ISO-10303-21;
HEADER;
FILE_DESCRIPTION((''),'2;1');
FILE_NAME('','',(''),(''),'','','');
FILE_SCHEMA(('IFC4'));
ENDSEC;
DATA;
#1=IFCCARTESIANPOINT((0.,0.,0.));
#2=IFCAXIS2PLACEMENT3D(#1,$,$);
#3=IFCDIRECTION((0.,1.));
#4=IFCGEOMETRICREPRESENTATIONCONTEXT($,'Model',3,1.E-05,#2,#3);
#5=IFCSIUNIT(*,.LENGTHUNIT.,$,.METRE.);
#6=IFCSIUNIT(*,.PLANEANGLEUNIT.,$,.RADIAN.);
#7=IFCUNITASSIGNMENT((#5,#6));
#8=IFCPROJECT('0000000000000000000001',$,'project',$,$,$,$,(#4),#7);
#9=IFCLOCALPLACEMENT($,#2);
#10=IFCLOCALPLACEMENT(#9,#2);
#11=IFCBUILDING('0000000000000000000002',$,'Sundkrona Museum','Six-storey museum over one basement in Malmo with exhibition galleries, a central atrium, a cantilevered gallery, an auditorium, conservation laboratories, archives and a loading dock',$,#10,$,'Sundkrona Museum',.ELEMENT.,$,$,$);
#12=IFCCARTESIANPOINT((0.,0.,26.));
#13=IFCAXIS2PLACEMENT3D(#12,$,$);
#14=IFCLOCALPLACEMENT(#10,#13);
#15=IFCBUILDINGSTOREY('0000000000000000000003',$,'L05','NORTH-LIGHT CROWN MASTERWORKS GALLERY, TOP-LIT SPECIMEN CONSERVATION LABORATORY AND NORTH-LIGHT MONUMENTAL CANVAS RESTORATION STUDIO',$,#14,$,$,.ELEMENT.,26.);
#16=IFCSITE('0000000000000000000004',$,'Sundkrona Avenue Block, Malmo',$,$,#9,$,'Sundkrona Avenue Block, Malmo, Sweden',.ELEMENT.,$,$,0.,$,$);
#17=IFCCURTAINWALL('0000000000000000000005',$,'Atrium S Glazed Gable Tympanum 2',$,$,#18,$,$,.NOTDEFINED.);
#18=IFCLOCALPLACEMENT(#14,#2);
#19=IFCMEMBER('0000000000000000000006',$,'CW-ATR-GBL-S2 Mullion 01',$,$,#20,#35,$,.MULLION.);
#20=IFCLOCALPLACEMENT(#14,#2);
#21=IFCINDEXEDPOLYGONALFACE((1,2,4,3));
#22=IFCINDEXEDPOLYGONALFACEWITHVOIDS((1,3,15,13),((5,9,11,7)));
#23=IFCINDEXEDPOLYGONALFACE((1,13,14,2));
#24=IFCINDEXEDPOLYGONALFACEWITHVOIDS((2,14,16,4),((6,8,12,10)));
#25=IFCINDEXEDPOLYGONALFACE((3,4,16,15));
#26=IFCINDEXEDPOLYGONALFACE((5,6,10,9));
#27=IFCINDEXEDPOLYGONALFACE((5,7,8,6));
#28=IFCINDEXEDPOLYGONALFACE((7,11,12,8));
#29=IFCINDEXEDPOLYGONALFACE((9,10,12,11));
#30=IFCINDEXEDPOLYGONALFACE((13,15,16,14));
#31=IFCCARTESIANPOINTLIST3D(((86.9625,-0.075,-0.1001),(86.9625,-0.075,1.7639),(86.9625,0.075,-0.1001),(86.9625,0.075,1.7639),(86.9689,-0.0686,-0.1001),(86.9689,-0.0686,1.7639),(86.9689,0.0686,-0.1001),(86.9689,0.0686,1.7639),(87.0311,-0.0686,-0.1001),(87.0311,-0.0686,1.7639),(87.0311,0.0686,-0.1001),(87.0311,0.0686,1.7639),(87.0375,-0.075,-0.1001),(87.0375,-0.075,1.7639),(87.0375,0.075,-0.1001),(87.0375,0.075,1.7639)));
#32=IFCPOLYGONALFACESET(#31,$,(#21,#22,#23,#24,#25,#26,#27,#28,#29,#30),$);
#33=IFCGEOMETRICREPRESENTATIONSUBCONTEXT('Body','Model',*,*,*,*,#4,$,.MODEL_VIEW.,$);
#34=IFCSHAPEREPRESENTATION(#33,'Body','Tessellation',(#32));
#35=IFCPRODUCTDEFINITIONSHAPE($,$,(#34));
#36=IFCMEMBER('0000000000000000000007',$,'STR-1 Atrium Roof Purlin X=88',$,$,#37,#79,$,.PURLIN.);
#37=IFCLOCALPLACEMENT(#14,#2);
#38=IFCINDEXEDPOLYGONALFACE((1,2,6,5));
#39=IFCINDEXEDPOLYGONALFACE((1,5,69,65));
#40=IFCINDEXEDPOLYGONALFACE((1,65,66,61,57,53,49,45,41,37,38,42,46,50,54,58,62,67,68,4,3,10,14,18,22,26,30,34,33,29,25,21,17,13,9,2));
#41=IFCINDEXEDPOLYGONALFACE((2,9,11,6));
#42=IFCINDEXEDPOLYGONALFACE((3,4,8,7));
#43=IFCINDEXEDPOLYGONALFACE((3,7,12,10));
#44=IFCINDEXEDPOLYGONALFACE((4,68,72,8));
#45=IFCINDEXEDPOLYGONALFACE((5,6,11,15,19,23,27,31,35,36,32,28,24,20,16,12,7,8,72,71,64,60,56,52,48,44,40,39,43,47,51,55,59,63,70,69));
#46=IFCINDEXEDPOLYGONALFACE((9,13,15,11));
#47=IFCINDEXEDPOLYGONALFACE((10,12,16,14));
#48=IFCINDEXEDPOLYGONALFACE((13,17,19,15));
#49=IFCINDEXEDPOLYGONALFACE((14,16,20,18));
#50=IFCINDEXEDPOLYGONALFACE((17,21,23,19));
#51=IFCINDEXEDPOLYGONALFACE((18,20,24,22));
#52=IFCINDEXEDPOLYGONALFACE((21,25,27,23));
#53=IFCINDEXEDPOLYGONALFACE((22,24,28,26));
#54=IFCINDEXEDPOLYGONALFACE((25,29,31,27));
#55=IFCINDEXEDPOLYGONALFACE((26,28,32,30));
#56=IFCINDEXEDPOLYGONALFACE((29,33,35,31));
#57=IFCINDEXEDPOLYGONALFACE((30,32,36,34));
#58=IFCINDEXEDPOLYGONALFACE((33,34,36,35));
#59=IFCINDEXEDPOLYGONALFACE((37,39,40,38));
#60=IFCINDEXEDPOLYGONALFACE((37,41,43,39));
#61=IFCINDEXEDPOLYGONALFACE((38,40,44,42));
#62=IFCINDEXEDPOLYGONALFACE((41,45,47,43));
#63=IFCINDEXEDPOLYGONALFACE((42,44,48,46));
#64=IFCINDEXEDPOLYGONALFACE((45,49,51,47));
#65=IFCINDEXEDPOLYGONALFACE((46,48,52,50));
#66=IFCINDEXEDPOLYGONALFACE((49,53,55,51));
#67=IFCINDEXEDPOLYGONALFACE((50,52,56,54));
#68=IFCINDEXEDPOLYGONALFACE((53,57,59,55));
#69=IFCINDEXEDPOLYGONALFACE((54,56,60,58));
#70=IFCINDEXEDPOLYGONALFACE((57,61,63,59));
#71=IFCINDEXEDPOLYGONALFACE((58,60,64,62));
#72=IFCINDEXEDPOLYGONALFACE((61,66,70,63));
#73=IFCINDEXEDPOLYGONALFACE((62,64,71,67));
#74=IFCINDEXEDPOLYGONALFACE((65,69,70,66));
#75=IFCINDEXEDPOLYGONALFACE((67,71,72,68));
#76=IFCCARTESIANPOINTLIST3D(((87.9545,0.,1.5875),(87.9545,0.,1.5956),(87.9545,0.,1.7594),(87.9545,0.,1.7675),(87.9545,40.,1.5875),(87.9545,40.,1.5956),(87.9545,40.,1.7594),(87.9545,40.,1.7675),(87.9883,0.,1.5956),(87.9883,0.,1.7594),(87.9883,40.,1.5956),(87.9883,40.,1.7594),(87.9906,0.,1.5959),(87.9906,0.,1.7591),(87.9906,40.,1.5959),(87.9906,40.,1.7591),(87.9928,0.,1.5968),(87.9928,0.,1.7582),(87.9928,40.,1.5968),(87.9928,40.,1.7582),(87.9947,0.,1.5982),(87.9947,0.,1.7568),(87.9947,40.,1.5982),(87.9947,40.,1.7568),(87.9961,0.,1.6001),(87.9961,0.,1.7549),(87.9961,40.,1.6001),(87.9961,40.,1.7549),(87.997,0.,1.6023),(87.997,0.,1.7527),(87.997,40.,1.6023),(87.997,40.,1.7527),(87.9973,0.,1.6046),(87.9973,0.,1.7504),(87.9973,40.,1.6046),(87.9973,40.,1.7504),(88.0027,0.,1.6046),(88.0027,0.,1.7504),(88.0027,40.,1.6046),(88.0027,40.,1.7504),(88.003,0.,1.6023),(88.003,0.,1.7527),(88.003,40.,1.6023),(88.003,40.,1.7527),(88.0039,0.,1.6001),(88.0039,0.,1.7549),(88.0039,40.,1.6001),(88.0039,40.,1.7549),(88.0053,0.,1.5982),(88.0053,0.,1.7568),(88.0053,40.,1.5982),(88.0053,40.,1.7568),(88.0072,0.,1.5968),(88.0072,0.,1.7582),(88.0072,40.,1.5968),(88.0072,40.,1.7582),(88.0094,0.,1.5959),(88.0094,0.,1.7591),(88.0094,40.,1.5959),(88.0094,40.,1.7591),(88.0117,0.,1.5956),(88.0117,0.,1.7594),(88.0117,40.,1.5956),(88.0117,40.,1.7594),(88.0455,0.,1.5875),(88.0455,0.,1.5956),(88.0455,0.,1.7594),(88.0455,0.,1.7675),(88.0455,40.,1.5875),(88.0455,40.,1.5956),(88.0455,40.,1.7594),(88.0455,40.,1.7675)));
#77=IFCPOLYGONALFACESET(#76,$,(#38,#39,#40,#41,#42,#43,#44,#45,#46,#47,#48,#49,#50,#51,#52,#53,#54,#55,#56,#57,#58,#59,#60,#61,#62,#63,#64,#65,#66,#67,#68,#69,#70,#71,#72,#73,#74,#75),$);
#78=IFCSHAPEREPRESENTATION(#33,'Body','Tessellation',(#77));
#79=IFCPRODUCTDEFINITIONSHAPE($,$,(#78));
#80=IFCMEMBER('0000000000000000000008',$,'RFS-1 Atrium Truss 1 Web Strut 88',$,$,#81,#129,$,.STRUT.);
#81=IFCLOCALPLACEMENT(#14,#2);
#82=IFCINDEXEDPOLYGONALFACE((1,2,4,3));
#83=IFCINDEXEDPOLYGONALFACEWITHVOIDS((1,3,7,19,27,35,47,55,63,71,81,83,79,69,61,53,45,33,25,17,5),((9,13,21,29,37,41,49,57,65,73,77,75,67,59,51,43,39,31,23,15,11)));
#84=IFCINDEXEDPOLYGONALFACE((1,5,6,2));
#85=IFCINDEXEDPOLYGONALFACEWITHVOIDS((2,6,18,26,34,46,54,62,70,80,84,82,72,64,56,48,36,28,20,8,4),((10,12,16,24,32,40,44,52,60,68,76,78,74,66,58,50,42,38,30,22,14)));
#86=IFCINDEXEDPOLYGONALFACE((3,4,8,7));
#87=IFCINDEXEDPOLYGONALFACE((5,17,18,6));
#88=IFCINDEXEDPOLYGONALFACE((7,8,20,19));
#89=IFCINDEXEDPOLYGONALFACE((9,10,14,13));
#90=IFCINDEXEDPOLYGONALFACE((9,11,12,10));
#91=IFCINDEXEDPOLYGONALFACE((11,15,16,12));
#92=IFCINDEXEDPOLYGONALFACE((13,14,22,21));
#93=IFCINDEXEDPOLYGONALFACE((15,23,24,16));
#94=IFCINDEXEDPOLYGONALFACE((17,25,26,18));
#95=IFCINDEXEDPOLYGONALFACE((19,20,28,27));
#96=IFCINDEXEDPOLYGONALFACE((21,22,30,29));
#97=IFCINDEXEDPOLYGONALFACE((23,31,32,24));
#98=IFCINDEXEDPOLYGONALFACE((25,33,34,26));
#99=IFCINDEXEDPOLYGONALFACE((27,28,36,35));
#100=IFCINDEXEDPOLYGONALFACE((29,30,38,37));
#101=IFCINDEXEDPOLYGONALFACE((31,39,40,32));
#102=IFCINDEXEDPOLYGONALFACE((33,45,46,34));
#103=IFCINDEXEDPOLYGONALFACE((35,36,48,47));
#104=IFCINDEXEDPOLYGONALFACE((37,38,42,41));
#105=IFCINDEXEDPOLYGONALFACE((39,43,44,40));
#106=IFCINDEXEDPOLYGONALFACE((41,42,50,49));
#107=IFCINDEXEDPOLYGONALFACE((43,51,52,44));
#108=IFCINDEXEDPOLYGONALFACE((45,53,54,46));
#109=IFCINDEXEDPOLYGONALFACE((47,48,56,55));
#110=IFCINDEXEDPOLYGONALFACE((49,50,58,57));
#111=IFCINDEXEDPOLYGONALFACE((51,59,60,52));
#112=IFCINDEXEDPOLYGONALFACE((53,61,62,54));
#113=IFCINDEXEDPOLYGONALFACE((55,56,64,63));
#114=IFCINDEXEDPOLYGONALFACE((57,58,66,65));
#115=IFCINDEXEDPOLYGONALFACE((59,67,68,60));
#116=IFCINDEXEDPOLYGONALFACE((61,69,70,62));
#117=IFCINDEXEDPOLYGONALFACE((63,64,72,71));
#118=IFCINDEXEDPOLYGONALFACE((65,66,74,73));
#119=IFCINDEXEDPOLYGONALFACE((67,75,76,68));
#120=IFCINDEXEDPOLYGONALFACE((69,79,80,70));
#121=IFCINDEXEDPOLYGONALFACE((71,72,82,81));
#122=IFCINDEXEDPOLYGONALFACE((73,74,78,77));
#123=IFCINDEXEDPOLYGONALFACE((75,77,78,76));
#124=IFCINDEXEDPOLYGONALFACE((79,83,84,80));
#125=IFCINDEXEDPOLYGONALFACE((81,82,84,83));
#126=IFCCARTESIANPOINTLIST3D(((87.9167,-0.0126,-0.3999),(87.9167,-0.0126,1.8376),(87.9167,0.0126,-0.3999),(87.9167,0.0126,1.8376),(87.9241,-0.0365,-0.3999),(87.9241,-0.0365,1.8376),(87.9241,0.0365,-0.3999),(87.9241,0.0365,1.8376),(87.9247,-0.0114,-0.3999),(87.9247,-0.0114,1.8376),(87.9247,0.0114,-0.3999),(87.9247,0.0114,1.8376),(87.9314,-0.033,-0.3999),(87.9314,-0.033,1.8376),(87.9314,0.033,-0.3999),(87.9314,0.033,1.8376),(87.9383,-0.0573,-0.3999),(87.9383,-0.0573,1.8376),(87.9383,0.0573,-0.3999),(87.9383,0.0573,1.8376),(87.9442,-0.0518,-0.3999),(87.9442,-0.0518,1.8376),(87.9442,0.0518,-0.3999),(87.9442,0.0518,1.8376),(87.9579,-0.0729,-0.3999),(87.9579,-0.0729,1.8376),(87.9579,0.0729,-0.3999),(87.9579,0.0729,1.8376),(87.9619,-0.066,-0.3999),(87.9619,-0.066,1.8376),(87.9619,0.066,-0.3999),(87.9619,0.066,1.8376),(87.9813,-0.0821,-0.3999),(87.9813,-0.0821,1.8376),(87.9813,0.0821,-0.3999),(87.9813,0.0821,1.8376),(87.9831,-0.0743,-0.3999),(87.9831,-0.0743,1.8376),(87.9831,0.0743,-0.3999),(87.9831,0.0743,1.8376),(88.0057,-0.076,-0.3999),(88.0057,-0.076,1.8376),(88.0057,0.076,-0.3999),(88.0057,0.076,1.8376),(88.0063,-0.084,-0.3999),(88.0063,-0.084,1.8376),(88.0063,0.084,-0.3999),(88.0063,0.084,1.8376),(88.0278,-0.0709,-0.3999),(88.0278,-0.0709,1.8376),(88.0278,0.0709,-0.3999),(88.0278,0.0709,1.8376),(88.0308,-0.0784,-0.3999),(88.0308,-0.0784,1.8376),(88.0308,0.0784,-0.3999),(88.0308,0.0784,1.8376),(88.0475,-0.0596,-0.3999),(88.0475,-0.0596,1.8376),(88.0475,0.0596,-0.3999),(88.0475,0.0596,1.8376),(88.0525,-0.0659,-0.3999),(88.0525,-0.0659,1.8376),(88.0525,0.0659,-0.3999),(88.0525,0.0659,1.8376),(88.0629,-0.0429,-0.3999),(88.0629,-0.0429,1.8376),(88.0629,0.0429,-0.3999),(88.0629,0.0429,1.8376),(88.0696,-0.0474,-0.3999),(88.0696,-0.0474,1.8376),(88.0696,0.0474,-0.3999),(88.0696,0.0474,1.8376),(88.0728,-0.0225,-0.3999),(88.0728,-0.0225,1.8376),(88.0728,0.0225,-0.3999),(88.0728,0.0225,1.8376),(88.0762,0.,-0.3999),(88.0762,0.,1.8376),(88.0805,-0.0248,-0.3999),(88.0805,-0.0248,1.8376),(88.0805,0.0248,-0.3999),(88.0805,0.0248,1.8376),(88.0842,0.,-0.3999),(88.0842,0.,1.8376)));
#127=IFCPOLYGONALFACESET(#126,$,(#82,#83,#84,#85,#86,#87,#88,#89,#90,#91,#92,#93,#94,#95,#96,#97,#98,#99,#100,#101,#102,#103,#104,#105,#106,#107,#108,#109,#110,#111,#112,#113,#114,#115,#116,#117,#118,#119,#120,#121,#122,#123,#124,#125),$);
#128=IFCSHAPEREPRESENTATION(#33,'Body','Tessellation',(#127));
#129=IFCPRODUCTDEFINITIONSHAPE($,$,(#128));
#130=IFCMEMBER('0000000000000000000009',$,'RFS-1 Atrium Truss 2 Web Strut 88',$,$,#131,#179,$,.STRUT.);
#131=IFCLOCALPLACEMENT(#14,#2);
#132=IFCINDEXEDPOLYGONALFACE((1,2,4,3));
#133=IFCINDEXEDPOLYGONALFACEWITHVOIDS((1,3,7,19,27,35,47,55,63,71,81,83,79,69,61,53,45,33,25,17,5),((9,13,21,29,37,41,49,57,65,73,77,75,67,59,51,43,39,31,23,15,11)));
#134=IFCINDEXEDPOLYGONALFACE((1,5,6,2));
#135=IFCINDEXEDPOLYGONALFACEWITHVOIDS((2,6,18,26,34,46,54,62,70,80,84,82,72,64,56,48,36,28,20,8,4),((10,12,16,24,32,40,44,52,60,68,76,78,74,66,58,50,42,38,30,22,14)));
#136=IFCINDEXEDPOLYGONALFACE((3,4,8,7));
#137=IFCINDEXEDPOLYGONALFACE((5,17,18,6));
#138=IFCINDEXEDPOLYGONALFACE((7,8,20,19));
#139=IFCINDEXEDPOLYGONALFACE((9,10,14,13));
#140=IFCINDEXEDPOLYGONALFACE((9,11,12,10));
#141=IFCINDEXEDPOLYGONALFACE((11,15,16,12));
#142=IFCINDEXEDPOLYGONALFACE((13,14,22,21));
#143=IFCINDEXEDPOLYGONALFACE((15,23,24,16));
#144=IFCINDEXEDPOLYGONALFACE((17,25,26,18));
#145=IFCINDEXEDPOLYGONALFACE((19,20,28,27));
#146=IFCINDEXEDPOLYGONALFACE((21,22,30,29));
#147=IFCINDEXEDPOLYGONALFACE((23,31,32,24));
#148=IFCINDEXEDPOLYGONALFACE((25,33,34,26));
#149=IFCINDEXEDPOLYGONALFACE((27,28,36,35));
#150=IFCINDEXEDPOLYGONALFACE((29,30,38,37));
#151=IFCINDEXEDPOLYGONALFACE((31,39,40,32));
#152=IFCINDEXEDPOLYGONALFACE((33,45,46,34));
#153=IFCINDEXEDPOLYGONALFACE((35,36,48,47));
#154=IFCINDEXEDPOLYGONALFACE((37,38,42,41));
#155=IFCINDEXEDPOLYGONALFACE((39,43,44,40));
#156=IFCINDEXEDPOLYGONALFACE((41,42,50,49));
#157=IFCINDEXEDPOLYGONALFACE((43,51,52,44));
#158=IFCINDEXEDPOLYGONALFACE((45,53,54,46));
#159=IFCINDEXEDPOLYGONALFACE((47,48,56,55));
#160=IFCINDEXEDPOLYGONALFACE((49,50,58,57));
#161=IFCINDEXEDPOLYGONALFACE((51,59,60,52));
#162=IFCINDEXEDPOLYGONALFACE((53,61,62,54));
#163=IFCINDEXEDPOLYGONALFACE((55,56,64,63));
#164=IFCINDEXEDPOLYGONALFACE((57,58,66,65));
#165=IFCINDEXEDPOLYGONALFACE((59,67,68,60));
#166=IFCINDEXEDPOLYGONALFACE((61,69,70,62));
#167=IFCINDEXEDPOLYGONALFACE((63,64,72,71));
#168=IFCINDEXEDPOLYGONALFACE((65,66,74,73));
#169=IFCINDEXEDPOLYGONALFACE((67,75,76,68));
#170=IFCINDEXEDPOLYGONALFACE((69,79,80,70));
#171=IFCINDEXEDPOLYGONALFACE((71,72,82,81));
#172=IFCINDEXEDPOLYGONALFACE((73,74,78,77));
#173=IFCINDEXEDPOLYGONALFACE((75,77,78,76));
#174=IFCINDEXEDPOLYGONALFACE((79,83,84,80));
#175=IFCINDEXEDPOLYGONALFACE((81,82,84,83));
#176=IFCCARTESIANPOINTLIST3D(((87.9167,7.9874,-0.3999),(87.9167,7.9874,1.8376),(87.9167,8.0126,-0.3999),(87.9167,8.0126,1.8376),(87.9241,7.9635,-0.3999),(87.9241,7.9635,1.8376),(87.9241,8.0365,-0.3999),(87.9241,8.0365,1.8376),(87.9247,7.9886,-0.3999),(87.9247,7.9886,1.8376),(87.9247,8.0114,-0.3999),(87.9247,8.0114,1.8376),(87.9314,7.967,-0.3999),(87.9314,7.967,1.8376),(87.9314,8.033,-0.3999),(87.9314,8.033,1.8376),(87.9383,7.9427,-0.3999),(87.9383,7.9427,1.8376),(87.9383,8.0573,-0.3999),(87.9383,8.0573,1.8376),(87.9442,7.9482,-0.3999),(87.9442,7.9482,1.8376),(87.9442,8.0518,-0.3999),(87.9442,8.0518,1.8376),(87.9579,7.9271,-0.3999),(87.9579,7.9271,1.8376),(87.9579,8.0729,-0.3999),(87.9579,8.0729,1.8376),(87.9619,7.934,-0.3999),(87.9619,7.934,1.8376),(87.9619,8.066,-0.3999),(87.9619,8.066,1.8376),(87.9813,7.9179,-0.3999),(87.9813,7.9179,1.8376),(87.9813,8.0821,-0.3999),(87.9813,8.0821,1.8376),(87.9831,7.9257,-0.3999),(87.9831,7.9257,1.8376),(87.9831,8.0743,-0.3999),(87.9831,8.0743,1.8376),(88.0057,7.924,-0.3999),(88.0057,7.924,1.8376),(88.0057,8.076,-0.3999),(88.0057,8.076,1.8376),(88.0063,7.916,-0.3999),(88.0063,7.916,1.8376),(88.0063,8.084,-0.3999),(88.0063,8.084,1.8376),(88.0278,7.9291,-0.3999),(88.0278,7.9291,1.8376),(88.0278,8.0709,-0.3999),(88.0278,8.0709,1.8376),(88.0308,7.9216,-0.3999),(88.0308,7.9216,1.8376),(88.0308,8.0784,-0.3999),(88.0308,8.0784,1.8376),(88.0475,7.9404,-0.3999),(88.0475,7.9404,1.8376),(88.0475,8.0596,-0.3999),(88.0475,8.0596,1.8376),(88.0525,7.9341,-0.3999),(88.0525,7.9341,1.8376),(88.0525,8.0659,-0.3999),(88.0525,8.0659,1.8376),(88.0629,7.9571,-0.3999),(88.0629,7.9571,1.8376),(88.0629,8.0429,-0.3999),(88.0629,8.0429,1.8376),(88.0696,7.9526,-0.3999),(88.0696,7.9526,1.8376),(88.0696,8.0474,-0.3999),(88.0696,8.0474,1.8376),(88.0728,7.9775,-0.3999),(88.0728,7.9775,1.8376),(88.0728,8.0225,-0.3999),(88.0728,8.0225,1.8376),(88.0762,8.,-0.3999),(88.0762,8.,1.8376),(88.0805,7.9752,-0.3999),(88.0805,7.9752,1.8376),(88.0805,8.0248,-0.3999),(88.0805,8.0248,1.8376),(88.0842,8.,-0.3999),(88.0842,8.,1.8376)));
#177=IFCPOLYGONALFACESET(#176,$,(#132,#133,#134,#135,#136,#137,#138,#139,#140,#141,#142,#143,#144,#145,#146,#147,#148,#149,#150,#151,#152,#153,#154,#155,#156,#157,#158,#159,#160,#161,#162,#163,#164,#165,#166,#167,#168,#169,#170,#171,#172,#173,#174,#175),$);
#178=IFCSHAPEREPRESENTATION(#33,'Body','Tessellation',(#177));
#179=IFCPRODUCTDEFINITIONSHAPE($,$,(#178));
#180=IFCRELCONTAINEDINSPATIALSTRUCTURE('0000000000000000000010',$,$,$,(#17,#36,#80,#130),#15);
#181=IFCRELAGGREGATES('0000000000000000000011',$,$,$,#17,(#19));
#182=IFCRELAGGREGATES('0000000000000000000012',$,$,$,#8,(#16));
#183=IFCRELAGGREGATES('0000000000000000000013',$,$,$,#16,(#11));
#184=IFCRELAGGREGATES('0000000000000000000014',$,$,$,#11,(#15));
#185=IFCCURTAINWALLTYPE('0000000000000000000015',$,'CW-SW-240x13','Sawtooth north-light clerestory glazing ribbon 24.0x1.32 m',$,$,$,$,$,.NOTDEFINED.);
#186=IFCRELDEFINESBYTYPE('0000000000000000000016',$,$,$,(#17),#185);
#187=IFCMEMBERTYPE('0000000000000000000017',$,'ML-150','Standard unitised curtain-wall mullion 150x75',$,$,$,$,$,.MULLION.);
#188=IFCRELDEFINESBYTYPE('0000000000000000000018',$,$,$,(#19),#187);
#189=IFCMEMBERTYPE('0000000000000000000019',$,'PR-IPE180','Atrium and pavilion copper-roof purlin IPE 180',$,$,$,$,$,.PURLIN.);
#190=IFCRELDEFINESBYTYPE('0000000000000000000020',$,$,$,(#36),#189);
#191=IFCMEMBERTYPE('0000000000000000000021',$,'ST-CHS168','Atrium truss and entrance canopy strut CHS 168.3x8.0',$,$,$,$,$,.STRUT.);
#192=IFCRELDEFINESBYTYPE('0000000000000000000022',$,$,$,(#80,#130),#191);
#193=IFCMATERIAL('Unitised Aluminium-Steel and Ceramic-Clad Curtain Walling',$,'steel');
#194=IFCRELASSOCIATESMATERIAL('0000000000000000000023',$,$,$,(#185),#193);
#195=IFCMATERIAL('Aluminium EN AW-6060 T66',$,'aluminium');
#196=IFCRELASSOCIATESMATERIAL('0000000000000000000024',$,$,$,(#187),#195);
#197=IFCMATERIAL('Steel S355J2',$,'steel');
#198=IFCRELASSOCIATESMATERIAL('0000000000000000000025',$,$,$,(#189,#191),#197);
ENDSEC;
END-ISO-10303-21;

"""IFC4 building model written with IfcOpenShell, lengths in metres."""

from ifc_helpers import new_model, si_unit, direction, frame, origin, origin_2d, place, context, subcontext, project, spatial, hollow_rectangle, hollow_circle, i_section, extrude, material, material_profile, profile_set, type_object, element, aggregate, save


model = new_model("IFC4")

# Units and contexts
model_context = context("Model", 3, precision=1e-05, world=origin(), true_north=direction((0.0, 1.0)))
body_context = subcontext(model_context, "Body", "Model", "MODEL_VIEW")
ifc_project = project(units=[si_unit("LENGTHUNIT", "METRE"), si_unit("PLANEANGLEUNIT", "RADIAN")], contexts=[model_context])

# Site, building, storey
site_placement = place(None, origin())
site = spatial("IfcSite", under=ifc_project, at=site_placement, Name="Sundkrona Avenue Block, Malmo", LongName="Sundkrona Avenue Block, Malmo, Sweden", CompositionType="ELEMENT", RefElevation=0.0)
building_placement = place(site_placement, origin())
building = spatial("IfcBuilding", under=site, at=building_placement, Name="Sundkrona Museum", Description="Six-storey museum over one basement in Malmo with exhibition galleries, a central atrium, a cantilevered gallery, an auditorium, conservation laboratories, archives and a loading dock", LongName="Sundkrona Museum", CompositionType="ELEMENT")
storey_placement = place(building_placement, frame((0.0, 0.0, 26.0)))
storey = spatial("IfcBuildingStorey", under=building, at=storey_placement, Name="L05", Description="NORTH-LIGHT CROWN MASTERWORKS GALLERY, TOP-LIT SPECIMEN CONSERVATION LABORATORY AND NORTH-LIGHT MONUMENTAL CANVAS RESTORATION STUDIO", CompositionType="ELEMENT", Elevation=26.0)

# Curtain wall, member
ifc_material_1 = material(Name="Unitised Aluminium-Steel and Ceramic-Clad Curtain Walling", Category="steel")
curtain_wall_type = type_object("IfcCurtainWallType", Name="CW-SW-240x13", Description="Sawtooth north-light clerestory glazing ribbon 24.0x1.32 m", PredefinedType="NOTDEFINED", material=ifc_material_1)
curtain_wall_placement = place(storey_placement, origin())
curtain_wall = element("IfcCurtainWall", 1, at=curtain_wall_placement, inside=storey, type_object=curtain_wall_type, Name="Atrium S Glazed Gable Tympanum 2", PredefinedType="NOTDEFINED")
ifc_material_2 = material(Name="Aluminium EN AW-6060 T66", Category="aluminium")
ifc_material_profile_1 = material_profile(ifc_material_2, hollow_rectangle(XDim=0.075, YDim=0.1499, WallThickness=0.0063, at=origin_2d()), Name="RHS 150x75x6.3")
ifc_profile_set_1 = profile_set([ifc_material_profile_1], Name="Aluminium EN AW-6060 T66")
member_type_1 = type_object("IfcMemberType", Name="ML-150", Description="Standard unitised curtain-wall mullion 150x75", PredefinedType="MULLION", material=ifc_profile_set_1)
member_1_placement = place(storey_placement, frame((87.0, 0.0, -0.1001), z_axis=(0.0, 0.0, 1.0), x_axis=(1.0, 0.0, 0.0)))
member_1 = element("IfcMember", 2, at=member_1_placement, type_object=member_type_1, Name="CW-ATR-GBL-S2 Mullion 01", PredefinedType="MULLION", context=body_context, shape_type="SweptSolid", body=[
    extrude(hollow_rectangle(XDim=0.075, YDim=0.1499, WallThickness=0.0063, at=origin_2d()), origin(), (0.0, 0.0, 1.0), 1.864),
])

# Members
ifc_material_3 = material(Name="Steel S355J2", Category="steel")
ifc_material_profile_2 = material_profile(ifc_material_3, i_section(OverallWidth=0.0911, OverallDepth=0.1799, WebThickness=0.0054, FlangeThickness=0.0081, FilletRadius=0.009, at=origin_2d()), Name="IPE 180")
ifc_profile_set_2 = profile_set([ifc_material_profile_2], Name="Steel S355J2")
member_type_2 = type_object("IfcMemberType", Name="PR-IPE180", Description="Atrium and pavilion copper-roof purlin IPE 180", PredefinedType="PURLIN", material=ifc_profile_set_2)
member_2_placement = place(storey_placement, frame((88.0, 0.0, 1.6775), z_axis=(0.0, 1.0, 0.0), x_axis=(-1.0, 0.0, 0.0)))
element("IfcMember", 3, at=member_2_placement, inside=storey, type_object=member_type_2, Name="STR-1 Atrium Roof Purlin X=88", PredefinedType="PURLIN", context=body_context, shape_type="SweptSolid", body=[
    extrude(i_section(OverallWidth=0.0911, OverallDepth=0.1799, WebThickness=0.0054, FlangeThickness=0.0081, FilletRadius=0.009, at=origin_2d()), origin(), (0.0, 0.0, 1.0), 40.0),
])
ifc_material_profile_3 = material_profile(ifc_material_3, hollow_circle(Radius=0.0842, WallThickness=0.0081, at=origin_2d()), Name="CHS 168.3x8.0")
ifc_profile_set_3 = profile_set([ifc_material_profile_3], Name="Steel S355J2")
member_type_3 = type_object("IfcMemberType", Name="ST-CHS168", Description="Atrium truss and entrance canopy strut CHS 168.3x8.0", PredefinedType="STRUT", material=ifc_profile_set_3)
for number, where, z_axis, x_axis, name in (
    (4, (88.0, 0.0, -0.3999), (0.0, 0.0, 1.0), (1.0, 0.0, 0.0), "RFS-1 Atrium Truss 1 Web Strut 88"),
    (5, (88.0, 8.0, -0.3999), (0.0, 0.0, 1.0), (1.0, 0.0, 0.0), "RFS-1 Atrium Truss 2 Web Strut 88"),
):
    element("IfcMember", number, at=place(storey_placement, frame(where, z_axis=z_axis, x_axis=x_axis)), inside=storey, type_object=member_type_3, Name=name, PredefinedType="STRUT", context=body_context, shape_type="SweptSolid", body=[
        extrude(hollow_circle(Radius=0.0842, WallThickness=0.0081, at=origin_2d()), origin(), (0.0, 0.0, 1.0), 2.2375),
    ])

aggregate(curtain_wall, [member_1])

save(model, "model.ifc")
